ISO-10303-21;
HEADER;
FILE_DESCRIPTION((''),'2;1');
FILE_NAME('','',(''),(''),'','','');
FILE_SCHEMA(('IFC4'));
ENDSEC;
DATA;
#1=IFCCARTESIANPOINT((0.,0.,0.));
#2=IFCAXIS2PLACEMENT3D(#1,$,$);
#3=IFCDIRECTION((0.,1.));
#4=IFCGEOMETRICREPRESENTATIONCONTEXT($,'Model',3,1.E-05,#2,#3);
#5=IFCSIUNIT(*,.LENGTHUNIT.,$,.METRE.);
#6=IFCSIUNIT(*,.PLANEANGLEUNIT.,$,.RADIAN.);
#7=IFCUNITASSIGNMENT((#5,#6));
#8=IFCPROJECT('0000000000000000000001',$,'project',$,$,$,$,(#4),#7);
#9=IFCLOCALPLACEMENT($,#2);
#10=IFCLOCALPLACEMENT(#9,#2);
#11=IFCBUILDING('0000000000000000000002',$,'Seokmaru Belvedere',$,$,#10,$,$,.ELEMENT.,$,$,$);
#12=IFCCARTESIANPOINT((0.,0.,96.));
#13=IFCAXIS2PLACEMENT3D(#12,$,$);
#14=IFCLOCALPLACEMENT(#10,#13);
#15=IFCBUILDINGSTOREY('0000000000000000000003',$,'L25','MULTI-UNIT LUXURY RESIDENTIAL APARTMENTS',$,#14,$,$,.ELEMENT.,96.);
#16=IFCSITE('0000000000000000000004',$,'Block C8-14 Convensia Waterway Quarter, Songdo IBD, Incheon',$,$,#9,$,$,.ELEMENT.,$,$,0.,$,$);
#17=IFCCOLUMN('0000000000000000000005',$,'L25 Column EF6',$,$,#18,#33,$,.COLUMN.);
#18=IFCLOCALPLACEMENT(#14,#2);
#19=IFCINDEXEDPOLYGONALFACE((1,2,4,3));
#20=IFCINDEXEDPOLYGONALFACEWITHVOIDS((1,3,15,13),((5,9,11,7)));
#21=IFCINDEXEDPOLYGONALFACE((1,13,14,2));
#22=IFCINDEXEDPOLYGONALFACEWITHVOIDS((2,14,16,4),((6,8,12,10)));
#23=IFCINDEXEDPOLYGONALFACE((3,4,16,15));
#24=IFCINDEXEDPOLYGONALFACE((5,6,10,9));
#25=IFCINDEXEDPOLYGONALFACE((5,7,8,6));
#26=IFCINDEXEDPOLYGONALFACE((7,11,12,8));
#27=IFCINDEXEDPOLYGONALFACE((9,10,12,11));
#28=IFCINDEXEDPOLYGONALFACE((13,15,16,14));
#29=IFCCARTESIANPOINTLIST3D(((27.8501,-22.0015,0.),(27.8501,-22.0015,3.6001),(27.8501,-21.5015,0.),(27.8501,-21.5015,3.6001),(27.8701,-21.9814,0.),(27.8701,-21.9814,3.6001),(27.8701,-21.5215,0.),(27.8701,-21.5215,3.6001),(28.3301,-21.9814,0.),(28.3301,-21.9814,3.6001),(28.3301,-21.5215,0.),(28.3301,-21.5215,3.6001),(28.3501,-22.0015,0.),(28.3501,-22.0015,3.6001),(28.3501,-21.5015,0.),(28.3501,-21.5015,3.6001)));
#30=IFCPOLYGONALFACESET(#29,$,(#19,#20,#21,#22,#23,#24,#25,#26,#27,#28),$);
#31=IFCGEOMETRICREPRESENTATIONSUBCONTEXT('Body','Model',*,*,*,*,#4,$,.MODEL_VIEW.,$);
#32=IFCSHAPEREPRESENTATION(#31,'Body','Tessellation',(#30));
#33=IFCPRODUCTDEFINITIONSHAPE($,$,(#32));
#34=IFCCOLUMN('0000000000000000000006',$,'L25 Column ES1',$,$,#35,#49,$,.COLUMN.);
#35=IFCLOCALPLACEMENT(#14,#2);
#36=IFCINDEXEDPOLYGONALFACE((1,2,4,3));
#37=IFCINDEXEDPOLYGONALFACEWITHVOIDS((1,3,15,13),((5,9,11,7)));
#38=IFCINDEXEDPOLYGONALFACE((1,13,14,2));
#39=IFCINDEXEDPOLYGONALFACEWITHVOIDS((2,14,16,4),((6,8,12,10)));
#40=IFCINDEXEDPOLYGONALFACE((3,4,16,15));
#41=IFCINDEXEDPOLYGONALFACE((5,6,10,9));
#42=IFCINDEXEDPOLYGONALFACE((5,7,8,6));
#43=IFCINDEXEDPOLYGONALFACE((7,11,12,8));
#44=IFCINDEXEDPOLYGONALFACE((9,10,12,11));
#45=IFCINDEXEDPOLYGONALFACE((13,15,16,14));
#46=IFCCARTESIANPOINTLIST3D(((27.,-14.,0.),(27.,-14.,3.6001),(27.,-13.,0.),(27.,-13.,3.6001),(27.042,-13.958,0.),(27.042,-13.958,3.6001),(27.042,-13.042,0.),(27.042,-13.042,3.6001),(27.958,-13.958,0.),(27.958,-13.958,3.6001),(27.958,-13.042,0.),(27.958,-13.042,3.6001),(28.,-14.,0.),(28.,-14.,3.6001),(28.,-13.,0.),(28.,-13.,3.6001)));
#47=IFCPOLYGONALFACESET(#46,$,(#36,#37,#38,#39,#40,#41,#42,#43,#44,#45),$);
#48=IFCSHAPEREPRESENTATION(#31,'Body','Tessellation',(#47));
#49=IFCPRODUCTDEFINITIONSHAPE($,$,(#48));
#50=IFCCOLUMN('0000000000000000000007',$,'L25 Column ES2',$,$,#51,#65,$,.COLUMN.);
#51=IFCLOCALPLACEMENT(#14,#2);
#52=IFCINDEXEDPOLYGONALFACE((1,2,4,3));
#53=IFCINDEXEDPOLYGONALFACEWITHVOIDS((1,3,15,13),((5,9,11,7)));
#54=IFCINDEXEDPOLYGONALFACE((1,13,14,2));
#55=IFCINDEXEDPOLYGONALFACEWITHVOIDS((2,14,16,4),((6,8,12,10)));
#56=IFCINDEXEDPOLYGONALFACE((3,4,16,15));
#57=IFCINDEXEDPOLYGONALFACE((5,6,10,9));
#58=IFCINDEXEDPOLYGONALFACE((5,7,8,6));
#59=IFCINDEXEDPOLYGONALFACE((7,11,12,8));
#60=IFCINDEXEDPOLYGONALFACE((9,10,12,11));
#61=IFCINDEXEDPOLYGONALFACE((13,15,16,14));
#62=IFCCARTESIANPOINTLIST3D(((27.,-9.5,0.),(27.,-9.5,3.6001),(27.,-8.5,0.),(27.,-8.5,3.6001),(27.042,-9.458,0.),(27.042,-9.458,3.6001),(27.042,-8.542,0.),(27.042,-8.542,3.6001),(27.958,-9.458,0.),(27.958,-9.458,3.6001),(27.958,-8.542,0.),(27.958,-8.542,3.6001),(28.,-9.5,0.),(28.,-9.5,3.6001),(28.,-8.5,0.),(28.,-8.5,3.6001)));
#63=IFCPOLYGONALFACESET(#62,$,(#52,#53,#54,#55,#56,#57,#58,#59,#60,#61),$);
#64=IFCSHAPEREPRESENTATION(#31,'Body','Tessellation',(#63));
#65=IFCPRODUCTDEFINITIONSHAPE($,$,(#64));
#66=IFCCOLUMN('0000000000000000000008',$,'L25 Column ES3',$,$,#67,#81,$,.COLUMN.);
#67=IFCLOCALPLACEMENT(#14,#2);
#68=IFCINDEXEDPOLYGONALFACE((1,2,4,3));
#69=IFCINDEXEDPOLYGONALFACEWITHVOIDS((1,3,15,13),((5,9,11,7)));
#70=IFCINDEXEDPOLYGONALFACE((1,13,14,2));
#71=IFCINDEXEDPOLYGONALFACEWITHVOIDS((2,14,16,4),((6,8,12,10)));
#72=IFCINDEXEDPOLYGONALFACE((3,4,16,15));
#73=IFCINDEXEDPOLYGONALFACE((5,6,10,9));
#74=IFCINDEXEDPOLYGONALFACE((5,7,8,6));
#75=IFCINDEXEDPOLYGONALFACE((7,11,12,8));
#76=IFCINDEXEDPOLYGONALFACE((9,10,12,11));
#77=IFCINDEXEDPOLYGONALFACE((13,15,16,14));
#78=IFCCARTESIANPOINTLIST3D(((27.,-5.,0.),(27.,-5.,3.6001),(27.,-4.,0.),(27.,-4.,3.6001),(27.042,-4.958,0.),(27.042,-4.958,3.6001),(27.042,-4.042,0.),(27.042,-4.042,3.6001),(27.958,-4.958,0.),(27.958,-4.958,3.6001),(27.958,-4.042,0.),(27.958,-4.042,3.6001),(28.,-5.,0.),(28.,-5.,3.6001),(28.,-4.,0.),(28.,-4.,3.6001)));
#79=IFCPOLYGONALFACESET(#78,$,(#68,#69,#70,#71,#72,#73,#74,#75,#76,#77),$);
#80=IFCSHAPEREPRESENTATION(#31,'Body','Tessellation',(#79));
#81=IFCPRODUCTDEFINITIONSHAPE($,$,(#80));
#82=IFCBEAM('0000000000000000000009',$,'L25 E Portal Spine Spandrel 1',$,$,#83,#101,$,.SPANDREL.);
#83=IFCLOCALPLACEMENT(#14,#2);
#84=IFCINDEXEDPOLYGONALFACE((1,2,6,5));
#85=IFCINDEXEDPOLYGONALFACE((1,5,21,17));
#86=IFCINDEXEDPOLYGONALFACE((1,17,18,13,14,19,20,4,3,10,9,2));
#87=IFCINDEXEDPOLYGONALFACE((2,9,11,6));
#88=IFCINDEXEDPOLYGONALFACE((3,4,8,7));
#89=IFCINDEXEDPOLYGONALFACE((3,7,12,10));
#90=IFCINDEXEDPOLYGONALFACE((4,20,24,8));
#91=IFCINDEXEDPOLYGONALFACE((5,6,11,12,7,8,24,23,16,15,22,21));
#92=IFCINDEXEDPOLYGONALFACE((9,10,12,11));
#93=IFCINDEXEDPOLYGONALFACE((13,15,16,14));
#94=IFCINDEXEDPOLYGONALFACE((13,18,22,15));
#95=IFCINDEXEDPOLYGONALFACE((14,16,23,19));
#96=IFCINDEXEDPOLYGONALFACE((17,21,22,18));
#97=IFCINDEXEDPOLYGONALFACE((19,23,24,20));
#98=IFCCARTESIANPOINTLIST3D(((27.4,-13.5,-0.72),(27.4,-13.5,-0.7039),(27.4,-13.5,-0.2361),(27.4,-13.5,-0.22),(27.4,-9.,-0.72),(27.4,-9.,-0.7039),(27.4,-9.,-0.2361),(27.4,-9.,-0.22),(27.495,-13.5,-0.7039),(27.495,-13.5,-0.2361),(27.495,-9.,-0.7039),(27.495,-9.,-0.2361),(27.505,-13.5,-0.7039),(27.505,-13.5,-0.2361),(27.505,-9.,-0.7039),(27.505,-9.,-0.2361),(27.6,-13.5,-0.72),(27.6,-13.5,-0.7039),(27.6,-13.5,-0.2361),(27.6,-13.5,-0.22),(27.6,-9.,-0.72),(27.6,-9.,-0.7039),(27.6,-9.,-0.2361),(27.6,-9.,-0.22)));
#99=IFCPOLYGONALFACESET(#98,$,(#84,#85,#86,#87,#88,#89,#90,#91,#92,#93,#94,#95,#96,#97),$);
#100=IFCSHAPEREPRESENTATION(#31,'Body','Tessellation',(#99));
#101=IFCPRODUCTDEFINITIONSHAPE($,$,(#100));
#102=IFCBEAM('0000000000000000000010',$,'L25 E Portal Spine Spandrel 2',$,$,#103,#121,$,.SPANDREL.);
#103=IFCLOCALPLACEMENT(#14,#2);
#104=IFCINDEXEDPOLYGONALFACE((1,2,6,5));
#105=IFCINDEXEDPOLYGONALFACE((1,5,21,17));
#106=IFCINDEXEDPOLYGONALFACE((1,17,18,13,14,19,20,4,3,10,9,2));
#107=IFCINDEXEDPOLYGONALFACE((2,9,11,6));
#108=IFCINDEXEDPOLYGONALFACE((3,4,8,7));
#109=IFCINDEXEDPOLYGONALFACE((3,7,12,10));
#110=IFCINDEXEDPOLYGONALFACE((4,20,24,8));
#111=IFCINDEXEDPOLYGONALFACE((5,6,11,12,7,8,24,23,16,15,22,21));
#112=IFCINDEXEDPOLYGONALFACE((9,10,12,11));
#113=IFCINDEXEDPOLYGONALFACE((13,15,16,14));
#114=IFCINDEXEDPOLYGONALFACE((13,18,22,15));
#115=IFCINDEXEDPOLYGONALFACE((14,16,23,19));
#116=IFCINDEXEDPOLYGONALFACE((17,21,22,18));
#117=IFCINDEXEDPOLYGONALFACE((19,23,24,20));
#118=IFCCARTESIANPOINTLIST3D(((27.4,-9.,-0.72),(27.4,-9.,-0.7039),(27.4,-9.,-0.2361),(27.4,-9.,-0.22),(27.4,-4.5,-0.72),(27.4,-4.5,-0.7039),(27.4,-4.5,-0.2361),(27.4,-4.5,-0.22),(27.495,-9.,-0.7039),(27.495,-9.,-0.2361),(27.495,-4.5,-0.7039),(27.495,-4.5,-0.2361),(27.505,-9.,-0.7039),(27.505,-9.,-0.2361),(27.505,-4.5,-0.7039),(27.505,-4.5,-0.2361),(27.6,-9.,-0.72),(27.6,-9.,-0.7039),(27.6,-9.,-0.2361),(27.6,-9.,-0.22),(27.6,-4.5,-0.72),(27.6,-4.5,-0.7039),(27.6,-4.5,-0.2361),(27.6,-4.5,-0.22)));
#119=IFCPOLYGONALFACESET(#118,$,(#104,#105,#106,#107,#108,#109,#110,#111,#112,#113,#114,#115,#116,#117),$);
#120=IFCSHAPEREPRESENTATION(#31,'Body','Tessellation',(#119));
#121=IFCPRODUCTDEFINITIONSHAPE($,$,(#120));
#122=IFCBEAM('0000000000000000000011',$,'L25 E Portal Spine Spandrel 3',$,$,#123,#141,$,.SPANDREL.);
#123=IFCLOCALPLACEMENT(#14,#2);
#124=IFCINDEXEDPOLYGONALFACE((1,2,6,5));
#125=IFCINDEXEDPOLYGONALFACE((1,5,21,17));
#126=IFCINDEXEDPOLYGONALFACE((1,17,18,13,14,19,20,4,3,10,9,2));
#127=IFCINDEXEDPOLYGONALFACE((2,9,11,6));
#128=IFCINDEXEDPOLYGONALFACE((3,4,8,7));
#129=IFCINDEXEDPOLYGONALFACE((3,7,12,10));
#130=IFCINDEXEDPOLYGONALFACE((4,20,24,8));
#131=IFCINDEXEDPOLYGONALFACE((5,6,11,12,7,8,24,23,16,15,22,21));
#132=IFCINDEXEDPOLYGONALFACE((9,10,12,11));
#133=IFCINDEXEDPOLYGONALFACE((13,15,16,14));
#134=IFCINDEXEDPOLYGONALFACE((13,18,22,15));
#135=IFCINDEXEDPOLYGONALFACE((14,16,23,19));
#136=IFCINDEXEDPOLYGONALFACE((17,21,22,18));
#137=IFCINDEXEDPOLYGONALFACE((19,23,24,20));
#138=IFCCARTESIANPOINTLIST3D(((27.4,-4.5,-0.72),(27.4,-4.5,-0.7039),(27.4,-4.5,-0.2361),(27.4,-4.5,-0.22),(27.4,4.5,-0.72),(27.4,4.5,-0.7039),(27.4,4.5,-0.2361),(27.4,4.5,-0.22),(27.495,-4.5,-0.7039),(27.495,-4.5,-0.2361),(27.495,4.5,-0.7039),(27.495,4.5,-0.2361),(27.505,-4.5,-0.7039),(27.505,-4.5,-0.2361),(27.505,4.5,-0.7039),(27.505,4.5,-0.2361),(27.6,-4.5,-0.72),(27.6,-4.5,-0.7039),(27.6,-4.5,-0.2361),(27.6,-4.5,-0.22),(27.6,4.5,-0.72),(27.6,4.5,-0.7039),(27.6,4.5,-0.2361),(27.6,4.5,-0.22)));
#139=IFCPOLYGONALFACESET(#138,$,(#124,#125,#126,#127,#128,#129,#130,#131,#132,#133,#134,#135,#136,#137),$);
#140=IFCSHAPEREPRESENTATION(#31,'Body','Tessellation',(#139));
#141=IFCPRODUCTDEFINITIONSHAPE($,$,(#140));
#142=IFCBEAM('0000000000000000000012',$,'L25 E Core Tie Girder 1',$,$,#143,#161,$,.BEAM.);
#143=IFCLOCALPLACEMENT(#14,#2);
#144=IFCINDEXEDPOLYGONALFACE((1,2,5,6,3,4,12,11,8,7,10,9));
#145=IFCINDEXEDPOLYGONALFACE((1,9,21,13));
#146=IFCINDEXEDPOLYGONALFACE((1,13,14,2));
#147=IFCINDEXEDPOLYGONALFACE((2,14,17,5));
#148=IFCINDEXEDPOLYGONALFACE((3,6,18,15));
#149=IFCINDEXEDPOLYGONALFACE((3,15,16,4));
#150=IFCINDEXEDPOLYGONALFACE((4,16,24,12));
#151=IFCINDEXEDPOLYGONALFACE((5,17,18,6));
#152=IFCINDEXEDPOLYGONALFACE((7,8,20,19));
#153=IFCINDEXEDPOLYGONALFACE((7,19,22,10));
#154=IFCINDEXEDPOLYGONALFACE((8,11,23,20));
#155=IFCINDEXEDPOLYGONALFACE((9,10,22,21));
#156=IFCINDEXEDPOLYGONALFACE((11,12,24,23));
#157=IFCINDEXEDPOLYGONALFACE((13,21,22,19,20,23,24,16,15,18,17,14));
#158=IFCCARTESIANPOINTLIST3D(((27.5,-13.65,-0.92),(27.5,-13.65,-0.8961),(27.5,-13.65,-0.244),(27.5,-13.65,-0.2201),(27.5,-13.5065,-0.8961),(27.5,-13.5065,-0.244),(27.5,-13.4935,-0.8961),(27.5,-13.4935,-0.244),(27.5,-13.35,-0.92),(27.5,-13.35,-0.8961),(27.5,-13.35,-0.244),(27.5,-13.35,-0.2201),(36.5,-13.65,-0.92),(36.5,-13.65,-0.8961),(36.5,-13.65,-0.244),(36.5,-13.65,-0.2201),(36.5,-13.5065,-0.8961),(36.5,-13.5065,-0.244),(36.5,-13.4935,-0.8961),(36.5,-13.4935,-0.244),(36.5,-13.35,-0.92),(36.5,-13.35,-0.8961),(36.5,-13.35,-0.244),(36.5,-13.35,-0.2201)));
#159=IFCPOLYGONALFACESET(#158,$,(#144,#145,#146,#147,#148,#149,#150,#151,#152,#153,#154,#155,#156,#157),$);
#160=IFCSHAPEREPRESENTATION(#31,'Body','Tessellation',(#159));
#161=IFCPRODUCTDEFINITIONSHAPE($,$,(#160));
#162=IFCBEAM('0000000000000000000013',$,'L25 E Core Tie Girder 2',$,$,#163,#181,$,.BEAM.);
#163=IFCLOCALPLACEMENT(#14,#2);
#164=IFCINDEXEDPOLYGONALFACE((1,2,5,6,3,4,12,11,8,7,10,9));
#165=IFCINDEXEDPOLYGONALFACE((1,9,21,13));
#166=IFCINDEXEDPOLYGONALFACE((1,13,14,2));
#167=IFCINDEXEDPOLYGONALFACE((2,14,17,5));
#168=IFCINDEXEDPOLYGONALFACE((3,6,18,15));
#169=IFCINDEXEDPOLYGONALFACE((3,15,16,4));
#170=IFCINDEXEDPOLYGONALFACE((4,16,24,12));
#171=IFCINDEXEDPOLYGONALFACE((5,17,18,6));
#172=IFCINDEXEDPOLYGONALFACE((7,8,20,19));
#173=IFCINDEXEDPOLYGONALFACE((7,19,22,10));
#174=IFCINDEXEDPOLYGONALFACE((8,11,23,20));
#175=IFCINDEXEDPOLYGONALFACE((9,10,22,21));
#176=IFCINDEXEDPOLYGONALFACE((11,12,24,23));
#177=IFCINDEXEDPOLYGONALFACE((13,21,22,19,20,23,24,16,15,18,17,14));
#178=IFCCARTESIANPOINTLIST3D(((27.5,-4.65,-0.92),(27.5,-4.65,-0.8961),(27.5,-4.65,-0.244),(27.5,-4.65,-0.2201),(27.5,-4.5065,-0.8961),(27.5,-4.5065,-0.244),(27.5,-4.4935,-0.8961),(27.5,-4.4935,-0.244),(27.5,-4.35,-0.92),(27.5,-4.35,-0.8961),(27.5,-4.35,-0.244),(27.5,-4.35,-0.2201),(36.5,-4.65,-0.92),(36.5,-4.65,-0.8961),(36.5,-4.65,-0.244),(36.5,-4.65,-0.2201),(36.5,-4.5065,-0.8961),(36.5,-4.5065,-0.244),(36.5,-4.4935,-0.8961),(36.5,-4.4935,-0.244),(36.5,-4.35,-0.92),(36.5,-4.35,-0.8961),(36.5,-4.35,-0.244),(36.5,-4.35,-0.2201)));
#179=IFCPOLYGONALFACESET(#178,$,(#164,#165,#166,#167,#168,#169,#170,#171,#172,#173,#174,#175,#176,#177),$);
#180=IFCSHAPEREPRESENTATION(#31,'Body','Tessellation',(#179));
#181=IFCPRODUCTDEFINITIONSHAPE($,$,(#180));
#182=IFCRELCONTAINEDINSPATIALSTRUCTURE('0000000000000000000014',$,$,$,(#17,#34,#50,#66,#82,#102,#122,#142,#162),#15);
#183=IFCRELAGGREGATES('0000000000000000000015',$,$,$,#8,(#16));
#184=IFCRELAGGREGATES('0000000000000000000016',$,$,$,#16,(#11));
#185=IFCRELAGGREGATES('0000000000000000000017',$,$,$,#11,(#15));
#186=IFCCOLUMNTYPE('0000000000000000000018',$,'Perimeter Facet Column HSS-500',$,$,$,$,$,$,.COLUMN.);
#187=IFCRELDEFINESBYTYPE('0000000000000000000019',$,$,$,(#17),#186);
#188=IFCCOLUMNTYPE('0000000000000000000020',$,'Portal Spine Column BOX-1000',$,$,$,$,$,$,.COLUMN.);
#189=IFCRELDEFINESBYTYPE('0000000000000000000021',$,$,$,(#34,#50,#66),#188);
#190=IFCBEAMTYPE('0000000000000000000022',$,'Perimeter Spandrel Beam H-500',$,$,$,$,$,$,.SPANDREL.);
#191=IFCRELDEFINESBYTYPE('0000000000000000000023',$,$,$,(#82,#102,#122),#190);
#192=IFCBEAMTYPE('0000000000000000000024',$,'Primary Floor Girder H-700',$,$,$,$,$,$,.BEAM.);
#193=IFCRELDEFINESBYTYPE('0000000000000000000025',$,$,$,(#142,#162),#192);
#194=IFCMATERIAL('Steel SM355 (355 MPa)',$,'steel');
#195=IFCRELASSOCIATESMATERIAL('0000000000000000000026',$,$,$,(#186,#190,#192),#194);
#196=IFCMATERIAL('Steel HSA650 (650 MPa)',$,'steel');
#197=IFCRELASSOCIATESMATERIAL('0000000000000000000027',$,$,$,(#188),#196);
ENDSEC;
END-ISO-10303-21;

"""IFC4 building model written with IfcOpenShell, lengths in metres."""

from ifc_helpers import new_model, si_unit, direction, frame, origin, origin_2d, place, context, subcontext, project, spatial, hollow_rectangle, i_section, extrude, source, transform, mapped, material, material_profile, profile_set, type_object, type_shapes, element, save


model = new_model("IFC4")

# Units and contexts
model_context = context("Model", 3, precision=1e-05, world=origin(), true_north=direction((0.0, 1.0)))
body_context = subcontext(model_context, "Body", "Model", "MODEL_VIEW")
ifc_project = project(units=[si_unit("LENGTHUNIT", "METRE"), si_unit("PLANEANGLEUNIT", "RADIAN")], contexts=[model_context])

# Site, building, storey
site_placement = place(None, origin())
site = spatial("IfcSite", under=ifc_project, at=site_placement, Name="Block C8-14 Convensia Waterway Quarter, Songdo IBD, Incheon", CompositionType="ELEMENT", RefElevation=0.0)
building_placement = place(site_placement, origin())
building = spatial("IfcBuilding", under=site, at=building_placement, Name="Seokmaru Belvedere", CompositionType="ELEMENT")
storey_placement = place(building_placement, frame((0.0, 0.0, 96.0)))
storey = spatial("IfcBuildingStorey", under=building, at=storey_placement, Name="L25", Description="MULTI-UNIT LUXURY RESIDENTIAL APARTMENTS", CompositionType="ELEMENT", Elevation=96.0)

# Columns
ifc_material_1 = material(Name="Steel SM355 (355 MPa)", Category="steel")
ifc_material_profile_1 = material_profile(ifc_material_1, hollow_rectangle(XDim=0.5, YDim=0.5, WallThickness=0.02, at=origin_2d()), Name="HSS-500x500x20")
ifc_profile_set_1 = profile_set([ifc_material_profile_1], Name="Steel SM355 (355 MPa)")
column_type_1 = type_object("IfcColumnType", Name="Perimeter Facet Column HSS-500", PredefinedType="COLUMN", material=ifc_profile_set_1)
shared_shape_1 = source(origin(), body_context, "Body", "SweptSolid", [
    extrude(hollow_rectangle(XDim=0.5, YDim=0.5, WallThickness=0.02, at=origin_2d()), origin(), (0.0, 0.0, 1.0), 3.6001),
])
type_shapes(column_type_1, [shared_shape_1])
column_placement = place(storey_placement, frame((28.1001, -21.7515, 0.0), z_axis=(0.0, 0.0, 1.0), x_axis=(1.0, 0.0, 0.0)))
element("IfcColumn", 1, at=column_placement, inside=storey, type_object=column_type_1, Name="L25 Column EF6", PredefinedType="COLUMN", context=body_context, shape_type="MappedRepresentation", body=[
    mapped(shared_shape_1, transform((0.0, 0.0, 0.0), scale=1.0)),
])
ifc_material_2 = material(Name="Steel HSA650 (650 MPa)", Category="steel")
ifc_material_profile_2 = material_profile(ifc_material_2, hollow_rectangle(XDim=1.0, YDim=1.0, WallThickness=0.042, at=origin_2d()), Name="BOX-1000x1000x42")
ifc_profile_set_2 = profile_set([ifc_material_profile_2], Name="Steel HSA650 (650 MPa)")
column_type_2 = type_object("IfcColumnType", Name="Portal Spine Column BOX-1000", PredefinedType="COLUMN", material=ifc_profile_set_2)
shared_shape_2 = source(origin(), body_context, "Body", "SweptSolid", [
    extrude(hollow_rectangle(XDim=1.0, YDim=1.0, WallThickness=0.042, at=origin_2d()), origin(), (0.0, 0.0, 1.0), 3.6001),
])
type_shapes(column_type_2, [shared_shape_2])
for number, where, z_axis, x_axis, name in (
    (2, (27.5, -13.5, 0.0), (0.0, 0.0, 1.0), (1.0, 0.0, 0.0), "L25 Column ES1"),
    (3, (27.5, -9.0, 0.0), (0.0, 0.0, 1.0), (1.0, 0.0, 0.0), "L25 Column ES2"),
    (4, (27.5, -4.5, 0.0), (0.0, 0.0, 1.0), (1.0, 0.0, 0.0), "L25 Column ES3"),
):
    element("IfcColumn", number, at=place(storey_placement, frame(where, z_axis=z_axis, x_axis=x_axis)), inside=storey, type_object=column_type_2, Name=name, PredefinedType="COLUMN", context=body_context, shape_type="MappedRepresentation", body=[
        mapped(shared_shape_2, transform((0.0, 0.0, 0.0), scale=1.0)),
    ])

# Beams
ifc_material_profile_3 = material_profile(ifc_material_1, i_section(OverallWidth=0.2, OverallDepth=0.5, WebThickness=0.01, FlangeThickness=0.0161, at=origin_2d()), Name="H-500x200x10x16")
ifc_profile_set_3 = profile_set([ifc_material_profile_3], Name="Steel SM355 (355 MPa)")
beam_type_1 = type_object("IfcBeamType", Name="Perimeter Spandrel Beam H-500", PredefinedType="SPANDREL", material=ifc_profile_set_3)
shared_shape_3 = source(origin(), body_context, "Body", "SweptSolid", [
    extrude(i_section(OverallWidth=0.2, OverallDepth=0.5, WebThickness=0.01, FlangeThickness=0.0161, at=origin_2d()), origin(), (0.0, 0.0, 1.0), 4.5),
])
for number, where, z_axis, x_axis, name in (
    (5, (27.5, -13.5, -0.47), (0.0, 1.0, 0.0), (-1.0, 0.0, 0.0), "L25 E Portal Spine Spandrel 1"),
    (6, (27.5, -9.0, -0.47), (0.0, 1.0, 0.0), (-1.0, 0.0, 0.0), "L25 E Portal Spine Spandrel 2"),
):
    element("IfcBeam", number, at=place(storey_placement, frame(where, z_axis=z_axis, x_axis=x_axis)), inside=storey, type_object=beam_type_1, Name=name, PredefinedType="SPANDREL", context=body_context, shape_type="MappedRepresentation", body=[
        mapped(shared_shape_3, transform((0.0, 0.0, 0.0), scale=1.0)),
    ])
shared_shape_4 = source(origin(), body_context, "Body", "SweptSolid", [
    extrude(i_section(OverallWidth=0.2, OverallDepth=0.5, WebThickness=0.01, FlangeThickness=0.0161, at=origin_2d()), origin(), (0.0, 0.0, 1.0), 9.0),
])
beam_1_placement = place(storey_placement, frame((27.5, -4.5, -0.47), z_axis=(0.0, 1.0, 0.0), x_axis=(-1.0, 0.0, 0.0)))
element("IfcBeam", 7, at=beam_1_placement, inside=storey, type_object=beam_type_1, Name="L25 E Portal Spine Spandrel 3", PredefinedType="SPANDREL", context=body_context, shape_type="MappedRepresentation", body=[
    mapped(shared_shape_4, transform((0.0, 0.0, 0.0), scale=1.0)),
])
ifc_material_profile_4 = material_profile(ifc_material_1, i_section(OverallWidth=0.3, OverallDepth=0.7, WebThickness=0.0129, FlangeThickness=0.0239, at=origin_2d()), Name="H-700x300x13x24")
ifc_profile_set_4 = profile_set([ifc_material_profile_4], Name="Steel SM355 (355 MPa)")
beam_type_2 = type_object("IfcBeamType", Name="Primary Floor Girder H-700", PredefinedType="BEAM", material=ifc_profile_set_4)
shared_shape_5 = source(origin(), body_context, "Body", "SweptSolid", [
    extrude(i_section(OverallWidth=0.3, OverallDepth=0.7, WebThickness=0.0129, FlangeThickness=0.0239, at=origin_2d()), origin(), (0.0, 0.0, 1.0), 9.0),
])
type_shapes(beam_type_2, [shared_shape_5])
for number, where, z_axis, x_axis, name in (
    (8, (27.5, -13.5, -0.5701), (1.0, 0.0, 0.0), (0.0, 1.0, 0.0), "L25 E Core Tie Girder 1"),
    (9, (27.5, -4.5, -0.5701), (1.0, 0.0, 0.0), (0.0, 1.0, 0.0), "L25 E Core Tie Girder 2"),
):
    element("IfcBeam", number, at=place(storey_placement, frame(where, z_axis=z_axis, x_axis=x_axis)), inside=storey, type_object=beam_type_2, Name=name, PredefinedType="BEAM", context=body_context, shape_type="MappedRepresentation", body=[
        mapped(shared_shape_5, transform((0.0, 0.0, 0.0), scale=1.0)),
    ])

save(model, "model.ifc")
